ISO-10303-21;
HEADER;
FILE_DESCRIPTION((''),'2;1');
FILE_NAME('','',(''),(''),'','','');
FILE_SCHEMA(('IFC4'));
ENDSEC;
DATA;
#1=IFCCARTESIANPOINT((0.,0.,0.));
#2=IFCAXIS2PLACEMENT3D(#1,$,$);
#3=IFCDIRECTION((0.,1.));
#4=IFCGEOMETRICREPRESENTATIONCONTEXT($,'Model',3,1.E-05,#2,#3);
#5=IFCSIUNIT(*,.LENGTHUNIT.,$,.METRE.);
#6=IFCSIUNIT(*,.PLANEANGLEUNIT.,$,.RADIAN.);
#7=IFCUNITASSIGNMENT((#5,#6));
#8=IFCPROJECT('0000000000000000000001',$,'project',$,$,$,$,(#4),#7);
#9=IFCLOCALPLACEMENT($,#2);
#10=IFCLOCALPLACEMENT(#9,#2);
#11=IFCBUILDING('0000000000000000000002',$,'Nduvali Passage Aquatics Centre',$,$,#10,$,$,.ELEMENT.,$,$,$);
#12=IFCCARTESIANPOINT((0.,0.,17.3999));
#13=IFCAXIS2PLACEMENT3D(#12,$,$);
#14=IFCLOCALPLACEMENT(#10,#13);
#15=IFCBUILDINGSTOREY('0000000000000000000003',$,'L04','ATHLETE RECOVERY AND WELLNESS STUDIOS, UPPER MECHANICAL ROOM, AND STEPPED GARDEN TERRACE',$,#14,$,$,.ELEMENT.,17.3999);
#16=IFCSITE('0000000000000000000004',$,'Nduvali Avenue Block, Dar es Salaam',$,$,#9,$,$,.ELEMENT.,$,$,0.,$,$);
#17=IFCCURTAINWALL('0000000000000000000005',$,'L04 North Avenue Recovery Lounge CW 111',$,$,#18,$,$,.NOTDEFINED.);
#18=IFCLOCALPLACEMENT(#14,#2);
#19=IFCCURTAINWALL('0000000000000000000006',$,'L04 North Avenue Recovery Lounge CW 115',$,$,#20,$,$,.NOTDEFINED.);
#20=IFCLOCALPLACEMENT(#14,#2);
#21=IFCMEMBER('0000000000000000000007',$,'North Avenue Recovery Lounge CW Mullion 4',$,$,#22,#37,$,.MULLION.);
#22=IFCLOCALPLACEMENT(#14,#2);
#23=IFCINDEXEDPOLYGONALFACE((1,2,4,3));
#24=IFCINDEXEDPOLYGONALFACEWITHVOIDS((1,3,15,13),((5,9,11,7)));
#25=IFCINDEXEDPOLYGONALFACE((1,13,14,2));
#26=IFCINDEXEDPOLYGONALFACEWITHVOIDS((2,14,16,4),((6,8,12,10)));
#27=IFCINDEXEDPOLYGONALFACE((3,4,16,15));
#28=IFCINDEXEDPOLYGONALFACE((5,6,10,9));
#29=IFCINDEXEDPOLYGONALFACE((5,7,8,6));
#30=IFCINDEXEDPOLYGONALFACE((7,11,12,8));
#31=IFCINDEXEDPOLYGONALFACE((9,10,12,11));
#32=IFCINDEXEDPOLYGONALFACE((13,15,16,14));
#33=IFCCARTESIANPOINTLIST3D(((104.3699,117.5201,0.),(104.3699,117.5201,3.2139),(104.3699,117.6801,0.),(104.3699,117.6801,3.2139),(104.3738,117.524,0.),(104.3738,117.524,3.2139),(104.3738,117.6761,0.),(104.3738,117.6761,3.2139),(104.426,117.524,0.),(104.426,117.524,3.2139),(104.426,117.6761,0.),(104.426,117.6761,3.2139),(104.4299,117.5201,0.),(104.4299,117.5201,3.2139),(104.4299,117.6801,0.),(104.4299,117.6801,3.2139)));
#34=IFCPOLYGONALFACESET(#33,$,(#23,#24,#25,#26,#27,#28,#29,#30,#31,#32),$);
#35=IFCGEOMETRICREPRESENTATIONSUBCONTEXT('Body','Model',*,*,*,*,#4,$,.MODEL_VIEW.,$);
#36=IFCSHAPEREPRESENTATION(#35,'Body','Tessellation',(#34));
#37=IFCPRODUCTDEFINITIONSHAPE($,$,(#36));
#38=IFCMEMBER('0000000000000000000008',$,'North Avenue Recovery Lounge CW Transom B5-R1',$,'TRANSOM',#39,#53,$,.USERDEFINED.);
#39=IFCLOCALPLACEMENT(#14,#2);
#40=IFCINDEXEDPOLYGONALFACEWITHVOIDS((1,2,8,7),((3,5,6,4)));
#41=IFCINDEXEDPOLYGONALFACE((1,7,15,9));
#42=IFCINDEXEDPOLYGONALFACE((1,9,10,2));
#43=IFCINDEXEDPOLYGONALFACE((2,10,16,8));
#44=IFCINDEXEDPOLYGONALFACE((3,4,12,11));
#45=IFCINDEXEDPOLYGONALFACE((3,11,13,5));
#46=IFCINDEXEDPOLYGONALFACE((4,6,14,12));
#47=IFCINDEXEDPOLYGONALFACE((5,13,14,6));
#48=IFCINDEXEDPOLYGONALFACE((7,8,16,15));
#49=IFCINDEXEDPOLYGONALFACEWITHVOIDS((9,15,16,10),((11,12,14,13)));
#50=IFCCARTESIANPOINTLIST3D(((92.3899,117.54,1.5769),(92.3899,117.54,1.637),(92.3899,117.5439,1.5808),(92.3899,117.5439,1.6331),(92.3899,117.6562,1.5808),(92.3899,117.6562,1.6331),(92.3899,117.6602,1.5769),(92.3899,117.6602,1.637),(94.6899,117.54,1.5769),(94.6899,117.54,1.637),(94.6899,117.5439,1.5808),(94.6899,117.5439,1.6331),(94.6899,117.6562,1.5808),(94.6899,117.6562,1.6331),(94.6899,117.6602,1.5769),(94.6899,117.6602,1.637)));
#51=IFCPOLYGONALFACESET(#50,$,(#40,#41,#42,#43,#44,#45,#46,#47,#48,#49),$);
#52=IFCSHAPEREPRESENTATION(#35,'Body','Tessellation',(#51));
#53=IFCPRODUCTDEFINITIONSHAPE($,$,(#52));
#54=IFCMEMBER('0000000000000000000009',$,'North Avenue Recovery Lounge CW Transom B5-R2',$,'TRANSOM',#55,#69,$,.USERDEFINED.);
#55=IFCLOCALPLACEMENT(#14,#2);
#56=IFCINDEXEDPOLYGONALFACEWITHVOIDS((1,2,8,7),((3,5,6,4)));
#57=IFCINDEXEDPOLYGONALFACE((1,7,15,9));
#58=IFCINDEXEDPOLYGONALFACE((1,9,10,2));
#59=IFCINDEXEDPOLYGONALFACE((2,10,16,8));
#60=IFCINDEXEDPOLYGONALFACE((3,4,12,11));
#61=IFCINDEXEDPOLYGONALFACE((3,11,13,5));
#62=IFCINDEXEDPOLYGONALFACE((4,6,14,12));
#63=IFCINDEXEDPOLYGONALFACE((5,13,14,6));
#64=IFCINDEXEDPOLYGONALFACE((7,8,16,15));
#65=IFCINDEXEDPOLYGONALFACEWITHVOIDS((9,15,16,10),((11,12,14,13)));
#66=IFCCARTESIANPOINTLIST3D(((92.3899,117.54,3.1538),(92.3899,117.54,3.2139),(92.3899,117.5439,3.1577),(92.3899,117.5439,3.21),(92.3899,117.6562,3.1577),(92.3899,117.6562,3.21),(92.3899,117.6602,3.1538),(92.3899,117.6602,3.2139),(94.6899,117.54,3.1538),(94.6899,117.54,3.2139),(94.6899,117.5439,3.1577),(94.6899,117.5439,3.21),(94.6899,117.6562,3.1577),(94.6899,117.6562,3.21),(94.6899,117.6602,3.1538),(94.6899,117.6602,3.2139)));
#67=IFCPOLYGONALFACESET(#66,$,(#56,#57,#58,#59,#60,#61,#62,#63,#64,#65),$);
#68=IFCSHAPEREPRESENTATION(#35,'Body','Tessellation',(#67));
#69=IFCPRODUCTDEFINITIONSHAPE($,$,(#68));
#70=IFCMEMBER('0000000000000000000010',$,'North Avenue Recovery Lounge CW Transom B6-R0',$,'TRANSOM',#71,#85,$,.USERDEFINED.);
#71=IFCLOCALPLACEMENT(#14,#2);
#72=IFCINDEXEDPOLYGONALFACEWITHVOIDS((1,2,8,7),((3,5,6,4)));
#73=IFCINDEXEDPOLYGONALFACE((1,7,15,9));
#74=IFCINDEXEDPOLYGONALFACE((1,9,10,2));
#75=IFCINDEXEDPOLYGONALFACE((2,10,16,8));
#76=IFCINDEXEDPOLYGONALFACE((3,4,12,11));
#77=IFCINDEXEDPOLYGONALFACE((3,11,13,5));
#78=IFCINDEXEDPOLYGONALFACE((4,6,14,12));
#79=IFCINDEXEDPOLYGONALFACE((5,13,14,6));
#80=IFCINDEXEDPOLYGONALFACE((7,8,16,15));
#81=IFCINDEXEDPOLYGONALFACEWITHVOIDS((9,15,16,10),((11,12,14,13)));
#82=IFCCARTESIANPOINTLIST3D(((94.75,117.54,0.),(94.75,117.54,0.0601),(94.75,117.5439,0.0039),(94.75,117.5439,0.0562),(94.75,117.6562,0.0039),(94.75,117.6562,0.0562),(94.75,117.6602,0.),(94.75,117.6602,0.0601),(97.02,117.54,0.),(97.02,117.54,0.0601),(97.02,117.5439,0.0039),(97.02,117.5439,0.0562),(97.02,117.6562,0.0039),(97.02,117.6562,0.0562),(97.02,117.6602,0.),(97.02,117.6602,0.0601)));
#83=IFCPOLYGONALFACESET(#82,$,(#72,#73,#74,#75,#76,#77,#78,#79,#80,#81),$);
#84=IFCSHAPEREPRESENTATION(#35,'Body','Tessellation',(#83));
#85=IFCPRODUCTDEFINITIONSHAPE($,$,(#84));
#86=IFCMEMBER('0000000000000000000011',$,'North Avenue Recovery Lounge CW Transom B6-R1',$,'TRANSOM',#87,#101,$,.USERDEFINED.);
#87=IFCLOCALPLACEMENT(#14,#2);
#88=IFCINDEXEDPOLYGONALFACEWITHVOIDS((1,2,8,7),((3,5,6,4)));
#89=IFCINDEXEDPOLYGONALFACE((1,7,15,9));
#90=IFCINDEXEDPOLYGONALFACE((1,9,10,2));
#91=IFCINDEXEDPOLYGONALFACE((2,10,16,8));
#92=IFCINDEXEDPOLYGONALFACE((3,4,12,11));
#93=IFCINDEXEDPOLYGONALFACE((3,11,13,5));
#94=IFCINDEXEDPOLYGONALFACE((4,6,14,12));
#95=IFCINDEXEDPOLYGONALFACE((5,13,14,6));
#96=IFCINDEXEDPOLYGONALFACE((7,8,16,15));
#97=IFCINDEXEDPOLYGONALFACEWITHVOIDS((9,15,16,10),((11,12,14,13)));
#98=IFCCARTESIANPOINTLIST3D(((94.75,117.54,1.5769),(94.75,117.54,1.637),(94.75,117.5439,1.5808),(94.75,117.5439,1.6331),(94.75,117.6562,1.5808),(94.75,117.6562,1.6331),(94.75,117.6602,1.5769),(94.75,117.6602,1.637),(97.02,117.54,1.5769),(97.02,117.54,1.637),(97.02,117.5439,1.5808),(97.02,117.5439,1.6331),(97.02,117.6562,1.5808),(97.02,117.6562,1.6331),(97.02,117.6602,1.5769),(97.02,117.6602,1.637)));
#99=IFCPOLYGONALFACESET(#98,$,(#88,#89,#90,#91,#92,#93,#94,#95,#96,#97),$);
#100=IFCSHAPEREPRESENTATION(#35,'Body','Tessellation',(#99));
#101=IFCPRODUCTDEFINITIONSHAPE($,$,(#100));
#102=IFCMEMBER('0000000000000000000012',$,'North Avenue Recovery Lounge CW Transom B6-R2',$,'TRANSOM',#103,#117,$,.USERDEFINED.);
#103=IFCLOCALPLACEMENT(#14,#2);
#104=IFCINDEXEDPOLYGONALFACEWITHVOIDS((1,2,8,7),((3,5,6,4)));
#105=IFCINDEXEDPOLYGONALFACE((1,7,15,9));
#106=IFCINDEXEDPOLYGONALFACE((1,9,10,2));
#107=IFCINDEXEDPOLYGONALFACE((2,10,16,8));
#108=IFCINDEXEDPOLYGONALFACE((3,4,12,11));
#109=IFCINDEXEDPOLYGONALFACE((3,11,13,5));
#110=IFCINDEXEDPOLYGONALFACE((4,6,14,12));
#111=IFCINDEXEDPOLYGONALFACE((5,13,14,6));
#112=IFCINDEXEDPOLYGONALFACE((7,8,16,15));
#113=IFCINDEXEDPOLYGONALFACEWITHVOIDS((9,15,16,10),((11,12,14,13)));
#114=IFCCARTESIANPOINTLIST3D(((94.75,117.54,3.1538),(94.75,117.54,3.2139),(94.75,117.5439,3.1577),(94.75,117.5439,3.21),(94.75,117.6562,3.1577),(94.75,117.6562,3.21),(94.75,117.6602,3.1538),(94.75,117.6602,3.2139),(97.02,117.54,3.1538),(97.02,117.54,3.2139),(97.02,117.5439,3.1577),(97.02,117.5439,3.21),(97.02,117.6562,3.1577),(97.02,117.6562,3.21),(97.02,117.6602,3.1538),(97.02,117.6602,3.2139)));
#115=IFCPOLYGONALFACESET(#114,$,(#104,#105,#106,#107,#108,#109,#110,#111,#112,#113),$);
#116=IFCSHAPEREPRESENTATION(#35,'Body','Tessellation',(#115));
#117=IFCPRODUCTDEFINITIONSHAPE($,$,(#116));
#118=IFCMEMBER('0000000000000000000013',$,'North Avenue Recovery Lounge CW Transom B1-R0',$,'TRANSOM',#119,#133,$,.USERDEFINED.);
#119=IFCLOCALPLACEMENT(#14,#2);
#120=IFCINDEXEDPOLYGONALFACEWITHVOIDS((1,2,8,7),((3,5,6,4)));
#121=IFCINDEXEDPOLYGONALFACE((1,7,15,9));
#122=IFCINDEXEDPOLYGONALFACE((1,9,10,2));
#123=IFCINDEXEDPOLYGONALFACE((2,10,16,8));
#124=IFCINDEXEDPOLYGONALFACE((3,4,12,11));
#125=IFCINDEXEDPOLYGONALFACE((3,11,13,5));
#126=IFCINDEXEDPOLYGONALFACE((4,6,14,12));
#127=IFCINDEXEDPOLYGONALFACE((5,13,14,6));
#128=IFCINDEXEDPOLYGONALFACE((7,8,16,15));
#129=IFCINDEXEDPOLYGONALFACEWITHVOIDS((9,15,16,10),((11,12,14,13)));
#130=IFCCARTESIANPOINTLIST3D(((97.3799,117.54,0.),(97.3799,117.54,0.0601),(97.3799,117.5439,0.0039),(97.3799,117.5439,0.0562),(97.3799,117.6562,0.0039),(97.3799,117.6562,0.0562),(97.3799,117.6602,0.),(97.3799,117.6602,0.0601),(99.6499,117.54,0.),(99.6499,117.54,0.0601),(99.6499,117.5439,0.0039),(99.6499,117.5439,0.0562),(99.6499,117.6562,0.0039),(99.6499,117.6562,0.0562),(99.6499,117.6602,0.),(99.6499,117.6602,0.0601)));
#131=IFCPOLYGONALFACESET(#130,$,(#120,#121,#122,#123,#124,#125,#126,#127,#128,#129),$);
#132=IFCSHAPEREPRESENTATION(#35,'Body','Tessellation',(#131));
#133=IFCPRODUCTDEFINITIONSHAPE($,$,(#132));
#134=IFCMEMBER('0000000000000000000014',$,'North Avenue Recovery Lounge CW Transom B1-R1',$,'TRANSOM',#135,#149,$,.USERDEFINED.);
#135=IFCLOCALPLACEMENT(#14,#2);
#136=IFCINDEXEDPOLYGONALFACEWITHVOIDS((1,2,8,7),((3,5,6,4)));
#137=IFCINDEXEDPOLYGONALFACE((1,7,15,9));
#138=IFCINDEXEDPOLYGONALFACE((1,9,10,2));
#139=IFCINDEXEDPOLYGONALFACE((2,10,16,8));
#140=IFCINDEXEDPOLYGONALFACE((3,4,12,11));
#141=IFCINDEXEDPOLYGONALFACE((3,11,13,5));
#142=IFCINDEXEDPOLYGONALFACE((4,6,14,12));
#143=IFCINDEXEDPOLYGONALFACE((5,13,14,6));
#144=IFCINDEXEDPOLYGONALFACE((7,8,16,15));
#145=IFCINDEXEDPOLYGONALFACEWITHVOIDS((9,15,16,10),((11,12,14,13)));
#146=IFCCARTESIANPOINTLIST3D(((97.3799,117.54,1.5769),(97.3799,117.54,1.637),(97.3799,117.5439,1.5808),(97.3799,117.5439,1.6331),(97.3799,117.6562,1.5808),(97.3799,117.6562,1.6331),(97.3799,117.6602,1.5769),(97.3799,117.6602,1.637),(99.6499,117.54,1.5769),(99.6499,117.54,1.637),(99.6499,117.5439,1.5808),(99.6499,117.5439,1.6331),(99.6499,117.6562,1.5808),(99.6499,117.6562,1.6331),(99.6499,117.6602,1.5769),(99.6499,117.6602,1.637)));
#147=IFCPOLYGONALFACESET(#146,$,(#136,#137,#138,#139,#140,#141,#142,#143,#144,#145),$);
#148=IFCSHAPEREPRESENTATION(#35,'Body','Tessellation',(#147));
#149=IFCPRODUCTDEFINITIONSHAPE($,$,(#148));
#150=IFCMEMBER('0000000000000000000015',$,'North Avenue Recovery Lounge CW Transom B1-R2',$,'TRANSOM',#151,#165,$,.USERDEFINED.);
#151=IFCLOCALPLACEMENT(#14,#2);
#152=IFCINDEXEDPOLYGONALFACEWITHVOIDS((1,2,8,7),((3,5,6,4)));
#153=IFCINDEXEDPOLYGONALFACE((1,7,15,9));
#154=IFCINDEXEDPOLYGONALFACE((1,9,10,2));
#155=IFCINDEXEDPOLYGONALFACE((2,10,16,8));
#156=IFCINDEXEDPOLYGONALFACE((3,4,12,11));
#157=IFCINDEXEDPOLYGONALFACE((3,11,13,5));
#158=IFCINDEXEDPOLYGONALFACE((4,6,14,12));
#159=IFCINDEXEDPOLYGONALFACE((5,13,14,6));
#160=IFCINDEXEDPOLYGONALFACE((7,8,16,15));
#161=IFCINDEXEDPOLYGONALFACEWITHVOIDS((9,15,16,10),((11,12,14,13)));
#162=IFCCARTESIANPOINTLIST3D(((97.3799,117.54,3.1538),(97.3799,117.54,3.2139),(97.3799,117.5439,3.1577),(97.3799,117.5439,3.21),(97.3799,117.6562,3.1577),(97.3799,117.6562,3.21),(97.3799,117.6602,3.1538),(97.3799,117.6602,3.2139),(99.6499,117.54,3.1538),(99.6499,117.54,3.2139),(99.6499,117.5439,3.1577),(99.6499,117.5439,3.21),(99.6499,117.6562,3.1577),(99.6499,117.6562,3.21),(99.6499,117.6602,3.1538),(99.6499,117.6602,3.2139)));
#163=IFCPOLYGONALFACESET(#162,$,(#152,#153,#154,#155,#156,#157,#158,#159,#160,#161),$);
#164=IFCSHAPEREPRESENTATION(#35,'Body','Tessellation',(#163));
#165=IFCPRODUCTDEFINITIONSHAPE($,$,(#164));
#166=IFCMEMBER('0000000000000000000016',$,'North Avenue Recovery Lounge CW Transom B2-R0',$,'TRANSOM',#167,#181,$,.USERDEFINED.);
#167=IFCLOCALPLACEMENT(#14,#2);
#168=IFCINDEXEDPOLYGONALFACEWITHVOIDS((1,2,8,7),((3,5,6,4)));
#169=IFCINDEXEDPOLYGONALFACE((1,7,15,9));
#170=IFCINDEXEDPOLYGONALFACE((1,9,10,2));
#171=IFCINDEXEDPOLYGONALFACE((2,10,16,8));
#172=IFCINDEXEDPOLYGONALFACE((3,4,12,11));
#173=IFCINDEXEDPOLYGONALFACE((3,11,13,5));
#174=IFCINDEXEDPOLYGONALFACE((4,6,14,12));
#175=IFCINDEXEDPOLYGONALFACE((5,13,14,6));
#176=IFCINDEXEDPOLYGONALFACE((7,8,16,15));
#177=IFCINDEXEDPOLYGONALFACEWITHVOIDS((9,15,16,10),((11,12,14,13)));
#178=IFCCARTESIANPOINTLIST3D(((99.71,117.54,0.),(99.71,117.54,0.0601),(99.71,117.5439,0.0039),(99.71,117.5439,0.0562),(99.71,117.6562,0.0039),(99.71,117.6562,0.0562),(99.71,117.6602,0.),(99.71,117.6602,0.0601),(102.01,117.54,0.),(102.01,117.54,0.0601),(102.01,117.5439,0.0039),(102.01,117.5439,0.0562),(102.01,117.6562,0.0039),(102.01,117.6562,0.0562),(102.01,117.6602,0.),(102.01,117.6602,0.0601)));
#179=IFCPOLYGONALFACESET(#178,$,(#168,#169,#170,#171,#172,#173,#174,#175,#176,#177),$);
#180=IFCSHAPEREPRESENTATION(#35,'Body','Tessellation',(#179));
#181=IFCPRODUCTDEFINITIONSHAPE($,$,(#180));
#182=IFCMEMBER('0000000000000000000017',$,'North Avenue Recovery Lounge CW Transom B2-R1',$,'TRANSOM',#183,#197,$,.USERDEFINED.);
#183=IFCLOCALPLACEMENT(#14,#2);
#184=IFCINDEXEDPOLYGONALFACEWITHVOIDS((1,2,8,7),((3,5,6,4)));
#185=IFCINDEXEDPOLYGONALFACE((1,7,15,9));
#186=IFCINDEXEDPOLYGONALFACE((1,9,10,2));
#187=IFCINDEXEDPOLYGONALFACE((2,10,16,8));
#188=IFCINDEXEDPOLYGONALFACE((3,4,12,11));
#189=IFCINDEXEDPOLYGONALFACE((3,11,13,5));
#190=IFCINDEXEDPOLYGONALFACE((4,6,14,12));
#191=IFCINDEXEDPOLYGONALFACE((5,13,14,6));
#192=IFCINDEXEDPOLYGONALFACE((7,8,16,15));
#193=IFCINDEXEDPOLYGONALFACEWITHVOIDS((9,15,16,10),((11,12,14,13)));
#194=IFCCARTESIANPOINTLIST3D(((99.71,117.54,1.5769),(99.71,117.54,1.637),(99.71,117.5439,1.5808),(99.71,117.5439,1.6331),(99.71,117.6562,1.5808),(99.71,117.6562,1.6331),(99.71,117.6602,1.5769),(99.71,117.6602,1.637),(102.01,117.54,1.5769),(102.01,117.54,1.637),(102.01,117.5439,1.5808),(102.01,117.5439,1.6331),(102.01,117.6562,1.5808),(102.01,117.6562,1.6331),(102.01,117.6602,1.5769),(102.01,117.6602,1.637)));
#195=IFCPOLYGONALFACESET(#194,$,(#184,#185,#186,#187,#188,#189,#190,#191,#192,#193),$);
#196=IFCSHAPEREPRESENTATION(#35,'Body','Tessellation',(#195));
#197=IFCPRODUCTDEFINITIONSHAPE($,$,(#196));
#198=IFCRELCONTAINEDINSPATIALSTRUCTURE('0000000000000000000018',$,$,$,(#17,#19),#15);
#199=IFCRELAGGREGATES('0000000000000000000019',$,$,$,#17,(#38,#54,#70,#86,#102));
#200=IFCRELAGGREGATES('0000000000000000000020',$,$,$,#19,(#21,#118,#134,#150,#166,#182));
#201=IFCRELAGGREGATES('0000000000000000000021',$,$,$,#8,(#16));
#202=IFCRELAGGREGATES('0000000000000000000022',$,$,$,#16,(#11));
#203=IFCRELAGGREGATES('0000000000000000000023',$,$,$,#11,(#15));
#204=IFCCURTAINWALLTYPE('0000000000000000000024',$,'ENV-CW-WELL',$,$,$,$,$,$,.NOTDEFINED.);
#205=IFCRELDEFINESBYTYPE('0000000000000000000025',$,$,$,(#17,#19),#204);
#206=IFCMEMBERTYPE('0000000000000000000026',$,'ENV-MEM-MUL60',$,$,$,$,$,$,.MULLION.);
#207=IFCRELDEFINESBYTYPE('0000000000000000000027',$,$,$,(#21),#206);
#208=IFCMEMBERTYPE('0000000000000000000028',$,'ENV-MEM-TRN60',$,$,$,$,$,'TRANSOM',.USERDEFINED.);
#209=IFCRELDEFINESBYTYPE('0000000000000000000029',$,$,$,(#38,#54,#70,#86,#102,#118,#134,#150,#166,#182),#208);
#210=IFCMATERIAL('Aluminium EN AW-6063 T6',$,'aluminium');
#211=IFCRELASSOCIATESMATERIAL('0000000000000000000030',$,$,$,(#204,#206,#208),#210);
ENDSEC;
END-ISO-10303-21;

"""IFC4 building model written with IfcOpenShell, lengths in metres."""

from ifc_helpers import new_model, si_unit, direction, frame, origin, origin_2d, place, context, subcontext, project, spatial, hollow_rectangle, extrude, material, material_profile, profile_set, type_object, element, aggregate, save


model = new_model("IFC4")

# Units and contexts
model_context = context("Model", 3, precision=1e-05, world=origin(), true_north=direction((0.0, 1.0)))
body_context = subcontext(model_context, "Body", "Model", "MODEL_VIEW")
ifc_project = project(units=[si_unit("LENGTHUNIT", "METRE"), si_unit("PLANEANGLEUNIT", "RADIAN")], contexts=[model_context])

# Site, building, storey
site_placement = place(None, origin())
site = spatial("IfcSite", under=ifc_project, at=site_placement, Name="Nduvali Avenue Block, Dar es Salaam", CompositionType="ELEMENT", RefElevation=0.0)
building_placement = place(site_placement, origin())
building = spatial("IfcBuilding", under=site, at=building_placement, Name="Nduvali Passage Aquatics Centre", CompositionType="ELEMENT")
storey_placement = place(building_placement, frame((0.0, 0.0, 17.3999)))
storey = spatial("IfcBuildingStorey", under=building, at=storey_placement, Name="L04", Description="ATHLETE RECOVERY AND WELLNESS STUDIOS, UPPER MECHANICAL ROOM, AND STEPPED GARDEN TERRACE", CompositionType="ELEMENT", Elevation=17.3999)

# Curtain walls, member
ifc_material_1 = material(Name="Aluminium EN AW-6063 T6", Category="aluminium")
curtain_wall_type = type_object("IfcCurtainWallType", Name="ENV-CW-WELL", PredefinedType="NOTDEFINED", material=ifc_material_1)
curtain_wall_1_placement = place(storey_placement, origin())
curtain_wall_1 = element("IfcCurtainWall", 1, at=curtain_wall_1_placement, inside=storey, type_object=curtain_wall_type, Name="L04 North Avenue Recovery Lounge CW 111", PredefinedType="NOTDEFINED")
ifc_material_profile_1 = material_profile(ifc_material_1, hollow_rectangle(XDim=0.0601, YDim=0.1599, WallThickness=0.0039, at=origin_2d()), Name="ALU MULLION 60x160x4")
ifc_profile_set_1 = profile_set([ifc_material_profile_1], Name="Aluminium EN AW-6063 T6")
member_type_1 = type_object("IfcMemberType", Name="ENV-MEM-MUL60", PredefinedType="MULLION", material=ifc_profile_set_1)
curtain_wall_2_placement = place(storey_placement, origin())
curtain_wall_2 = element("IfcCurtainWall", 2, at=curtain_wall_2_placement, inside=storey, type_object=curtain_wall_type, Name="L04 North Avenue Recovery Lounge CW 115", PredefinedType="NOTDEFINED")
member_1_placement = place(storey_placement, frame((104.3999, 117.6001, 0.0), z_axis=(0.0, 0.0, 1.0), x_axis=(1.0, 0.0, 0.0)))
member_1 = element("IfcMember", 3, at=member_1_placement, type_object=member_type_1, Name="North Avenue Recovery Lounge CW Mullion 4", PredefinedType="MULLION", context=body_context, shape_type="SweptSolid", body=[
    extrude(hollow_rectangle(XDim=0.0601, YDim=0.1599, WallThickness=0.0039, at=origin_2d()), origin(), (0.0, 0.0, 1.0), 3.2139),
])

# Members
ifc_material_profile_2 = material_profile(ifc_material_1, hollow_rectangle(XDim=0.1201, YDim=0.0601, WallThickness=0.0039, at=origin_2d()), Name="ALU TRANSOM 120x60x4")
ifc_profile_set_2 = profile_set([ifc_material_profile_2], Name="Aluminium EN AW-6063 T6")
member_type_2 = type_object("IfcMemberType", Name="ENV-MEM-TRN60", ElementType="TRANSOM", PredefinedType="USERDEFINED", material=ifc_profile_set_2)
member_2_placement = place(storey_placement, frame((92.3899, 117.6001, 1.6069), z_axis=(1.0, 0.0, 0.0), x_axis=(0.0, 1.0, 0.0)))
member_2 = element("IfcMember", 4, at=member_2_placement, type_object=member_type_2, Name="North Avenue Recovery Lounge CW Transom B5-R1", ObjectType="TRANSOM", PredefinedType="USERDEFINED", context=body_context, shape_type="SweptSolid", body=[
    extrude(hollow_rectangle(XDim=0.1201, YDim=0.0601, WallThickness=0.0039, at=origin_2d()), origin(), (0.0, 0.0, 1.0), 2.3),
])
member_3_placement = place(storey_placement, frame((92.3899, 117.6001, 3.1838), z_axis=(1.0, 0.0, 0.0), x_axis=(0.0, 1.0, 0.0)))
member_3 = element("IfcMember", 5, at=member_3_placement, type_object=member_type_2, Name="North Avenue Recovery Lounge CW Transom B5-R2", ObjectType="TRANSOM", PredefinedType="USERDEFINED", context=body_context, shape_type="SweptSolid", body=[
    extrude(hollow_rectangle(XDim=0.1201, YDim=0.0601, WallThickness=0.0039, at=origin_2d()), origin(), (0.0, 0.0, 1.0), 2.3),
])
member_4_placement = place(storey_placement, frame((94.75, 117.6001, 0.03), z_axis=(1.0, 0.0, 0.0), x_axis=(0.0, 1.0, 0.0)))
member_4 = element("IfcMember", 6, at=member_4_placement, type_object=member_type_2, Name="North Avenue Recovery Lounge CW Transom B6-R0", ObjectType="TRANSOM", PredefinedType="USERDEFINED", context=body_context, shape_type="SweptSolid", body=[
    extrude(hollow_rectangle(XDim=0.1201, YDim=0.0601, WallThickness=0.0039, at=origin_2d()), origin(), (0.0, 0.0, 1.0), 2.27),
])
member_5_placement = place(storey_placement, frame((94.75, 117.6001, 1.6069), z_axis=(1.0, 0.0, 0.0), x_axis=(0.0, 1.0, 0.0)))
member_5 = element("IfcMember", 7, at=member_5_placement, type_object=member_type_2, Name="North Avenue Recovery Lounge CW Transom B6-R1", ObjectType="TRANSOM", PredefinedType="USERDEFINED", context=body_context, shape_type="SweptSolid", body=[
    extrude(hollow_rectangle(XDim=0.1201, YDim=0.0601, WallThickness=0.0039, at=origin_2d()), origin(), (0.0, 0.0, 1.0), 2.27),
])
member_6_placement = place(storey_placement, frame((94.75, 117.6001, 3.1838), z_axis=(1.0, 0.0, 0.0), x_axis=(0.0, 1.0, 0.0)))
member_6 = element("IfcMember", 8, at=member_6_placement, type_object=member_type_2, Name="North Avenue Recovery Lounge CW Transom B6-R2", ObjectType="TRANSOM", PredefinedType="USERDEFINED", context=body_context, shape_type="SweptSolid", body=[
    extrude(hollow_rectangle(XDim=0.1201, YDim=0.0601, WallThickness=0.0039, at=origin_2d()), origin(), (0.0, 0.0, 1.0), 2.27),
])
member_7_placement = place(storey_placement, frame((97.3799, 117.6001, 0.03), z_axis=(1.0, 0.0, 0.0), x_axis=(0.0, 1.0, 0.0)))
member_7 = element("IfcMember", 9, at=member_7_placement, type_object=member_type_2, Name="North Avenue Recovery Lounge CW Transom B1-R0", ObjectType="TRANSOM", PredefinedType="USERDEFINED", context=body_context, shape_type="SweptSolid", body=[
    extrude(hollow_rectangle(XDim=0.1201, YDim=0.0601, WallThickness=0.0039, at=origin_2d()), origin(), (0.0, 0.0, 1.0), 2.27),
])
member_8_placement = place(storey_placement, frame((97.3799, 117.6001, 1.6069), z_axis=(1.0, 0.0, 0.0), x_axis=(0.0, 1.0, 0.0)))
member_8 = element("IfcMember", 10, at=member_8_placement, type_object=member_type_2, Name="North Avenue Recovery Lounge CW Transom B1-R1", ObjectType="TRANSOM", PredefinedType="USERDEFINED", context=body_context, shape_type="SweptSolid", body=[
    extrude(hollow_rectangle(XDim=0.1201, YDim=0.0601, WallThickness=0.0039, at=origin_2d()), origin(), (0.0, 0.0, 1.0), 2.27),
])
member_9_placement = place(storey_placement, frame((97.3799, 117.6001, 3.1838), z_axis=(1.0, 0.0, 0.0), x_axis=(0.0, 1.0, 0.0)))
member_9 = element("IfcMember", 11, at=member_9_placement, type_object=member_type_2, Name="North Avenue Recovery Lounge CW Transom B1-R2", ObjectType="TRANSOM", PredefinedType="USERDEFINED", context=body_context, shape_type="SweptSolid", body=[
    extrude(hollow_rectangle(XDim=0.1201, YDim=0.0601, WallThickness=0.0039, at=origin_2d()), origin(), (0.0, 0.0, 1.0), 2.27),
])
member_10_placement = place(storey_placement, frame((99.71, 117.6001, 0.03), z_axis=(1.0, 0.0, 0.0), x_axis=(0.0, 1.0, 0.0)))
member_10 = element("IfcMember", 12, at=member_10_placement, type_object=member_type_2, Name="North Avenue Recovery Lounge CW Transom B2-R0", ObjectType="TRANSOM", PredefinedType="USERDEFINED", context=body_context, shape_type="SweptSolid", body=[
    extrude(hollow_rectangle(XDim=0.1201, YDim=0.0601, WallThickness=0.0039, at=origin_2d()), origin(), (0.0, 0.0, 1.0), 2.3),
])
member_11_placement = place(storey_placement, frame((99.71, 117.6001, 1.6069), z_axis=(1.0, 0.0, 0.0), x_axis=(0.0, 1.0, 0.0)))
member_11 = element("IfcMember", 13, at=member_11_placement, type_object=member_type_2, Name="North Avenue Recovery Lounge CW Transom B2-R1", ObjectType="TRANSOM", PredefinedType="USERDEFINED", context=body_context, shape_type="SweptSolid", body=[
    extrude(hollow_rectangle(XDim=0.1201, YDim=0.0601, WallThickness=0.0039, at=origin_2d()), origin(), (0.0, 0.0, 1.0), 2.3),
])

aggregate(curtain_wall_1, [member_2, member_3, member_4, member_5, member_6])
aggregate(curtain_wall_2, [member_1, member_7, member_8, member_9, member_10, member_11])

save(model, "model.ifc")
